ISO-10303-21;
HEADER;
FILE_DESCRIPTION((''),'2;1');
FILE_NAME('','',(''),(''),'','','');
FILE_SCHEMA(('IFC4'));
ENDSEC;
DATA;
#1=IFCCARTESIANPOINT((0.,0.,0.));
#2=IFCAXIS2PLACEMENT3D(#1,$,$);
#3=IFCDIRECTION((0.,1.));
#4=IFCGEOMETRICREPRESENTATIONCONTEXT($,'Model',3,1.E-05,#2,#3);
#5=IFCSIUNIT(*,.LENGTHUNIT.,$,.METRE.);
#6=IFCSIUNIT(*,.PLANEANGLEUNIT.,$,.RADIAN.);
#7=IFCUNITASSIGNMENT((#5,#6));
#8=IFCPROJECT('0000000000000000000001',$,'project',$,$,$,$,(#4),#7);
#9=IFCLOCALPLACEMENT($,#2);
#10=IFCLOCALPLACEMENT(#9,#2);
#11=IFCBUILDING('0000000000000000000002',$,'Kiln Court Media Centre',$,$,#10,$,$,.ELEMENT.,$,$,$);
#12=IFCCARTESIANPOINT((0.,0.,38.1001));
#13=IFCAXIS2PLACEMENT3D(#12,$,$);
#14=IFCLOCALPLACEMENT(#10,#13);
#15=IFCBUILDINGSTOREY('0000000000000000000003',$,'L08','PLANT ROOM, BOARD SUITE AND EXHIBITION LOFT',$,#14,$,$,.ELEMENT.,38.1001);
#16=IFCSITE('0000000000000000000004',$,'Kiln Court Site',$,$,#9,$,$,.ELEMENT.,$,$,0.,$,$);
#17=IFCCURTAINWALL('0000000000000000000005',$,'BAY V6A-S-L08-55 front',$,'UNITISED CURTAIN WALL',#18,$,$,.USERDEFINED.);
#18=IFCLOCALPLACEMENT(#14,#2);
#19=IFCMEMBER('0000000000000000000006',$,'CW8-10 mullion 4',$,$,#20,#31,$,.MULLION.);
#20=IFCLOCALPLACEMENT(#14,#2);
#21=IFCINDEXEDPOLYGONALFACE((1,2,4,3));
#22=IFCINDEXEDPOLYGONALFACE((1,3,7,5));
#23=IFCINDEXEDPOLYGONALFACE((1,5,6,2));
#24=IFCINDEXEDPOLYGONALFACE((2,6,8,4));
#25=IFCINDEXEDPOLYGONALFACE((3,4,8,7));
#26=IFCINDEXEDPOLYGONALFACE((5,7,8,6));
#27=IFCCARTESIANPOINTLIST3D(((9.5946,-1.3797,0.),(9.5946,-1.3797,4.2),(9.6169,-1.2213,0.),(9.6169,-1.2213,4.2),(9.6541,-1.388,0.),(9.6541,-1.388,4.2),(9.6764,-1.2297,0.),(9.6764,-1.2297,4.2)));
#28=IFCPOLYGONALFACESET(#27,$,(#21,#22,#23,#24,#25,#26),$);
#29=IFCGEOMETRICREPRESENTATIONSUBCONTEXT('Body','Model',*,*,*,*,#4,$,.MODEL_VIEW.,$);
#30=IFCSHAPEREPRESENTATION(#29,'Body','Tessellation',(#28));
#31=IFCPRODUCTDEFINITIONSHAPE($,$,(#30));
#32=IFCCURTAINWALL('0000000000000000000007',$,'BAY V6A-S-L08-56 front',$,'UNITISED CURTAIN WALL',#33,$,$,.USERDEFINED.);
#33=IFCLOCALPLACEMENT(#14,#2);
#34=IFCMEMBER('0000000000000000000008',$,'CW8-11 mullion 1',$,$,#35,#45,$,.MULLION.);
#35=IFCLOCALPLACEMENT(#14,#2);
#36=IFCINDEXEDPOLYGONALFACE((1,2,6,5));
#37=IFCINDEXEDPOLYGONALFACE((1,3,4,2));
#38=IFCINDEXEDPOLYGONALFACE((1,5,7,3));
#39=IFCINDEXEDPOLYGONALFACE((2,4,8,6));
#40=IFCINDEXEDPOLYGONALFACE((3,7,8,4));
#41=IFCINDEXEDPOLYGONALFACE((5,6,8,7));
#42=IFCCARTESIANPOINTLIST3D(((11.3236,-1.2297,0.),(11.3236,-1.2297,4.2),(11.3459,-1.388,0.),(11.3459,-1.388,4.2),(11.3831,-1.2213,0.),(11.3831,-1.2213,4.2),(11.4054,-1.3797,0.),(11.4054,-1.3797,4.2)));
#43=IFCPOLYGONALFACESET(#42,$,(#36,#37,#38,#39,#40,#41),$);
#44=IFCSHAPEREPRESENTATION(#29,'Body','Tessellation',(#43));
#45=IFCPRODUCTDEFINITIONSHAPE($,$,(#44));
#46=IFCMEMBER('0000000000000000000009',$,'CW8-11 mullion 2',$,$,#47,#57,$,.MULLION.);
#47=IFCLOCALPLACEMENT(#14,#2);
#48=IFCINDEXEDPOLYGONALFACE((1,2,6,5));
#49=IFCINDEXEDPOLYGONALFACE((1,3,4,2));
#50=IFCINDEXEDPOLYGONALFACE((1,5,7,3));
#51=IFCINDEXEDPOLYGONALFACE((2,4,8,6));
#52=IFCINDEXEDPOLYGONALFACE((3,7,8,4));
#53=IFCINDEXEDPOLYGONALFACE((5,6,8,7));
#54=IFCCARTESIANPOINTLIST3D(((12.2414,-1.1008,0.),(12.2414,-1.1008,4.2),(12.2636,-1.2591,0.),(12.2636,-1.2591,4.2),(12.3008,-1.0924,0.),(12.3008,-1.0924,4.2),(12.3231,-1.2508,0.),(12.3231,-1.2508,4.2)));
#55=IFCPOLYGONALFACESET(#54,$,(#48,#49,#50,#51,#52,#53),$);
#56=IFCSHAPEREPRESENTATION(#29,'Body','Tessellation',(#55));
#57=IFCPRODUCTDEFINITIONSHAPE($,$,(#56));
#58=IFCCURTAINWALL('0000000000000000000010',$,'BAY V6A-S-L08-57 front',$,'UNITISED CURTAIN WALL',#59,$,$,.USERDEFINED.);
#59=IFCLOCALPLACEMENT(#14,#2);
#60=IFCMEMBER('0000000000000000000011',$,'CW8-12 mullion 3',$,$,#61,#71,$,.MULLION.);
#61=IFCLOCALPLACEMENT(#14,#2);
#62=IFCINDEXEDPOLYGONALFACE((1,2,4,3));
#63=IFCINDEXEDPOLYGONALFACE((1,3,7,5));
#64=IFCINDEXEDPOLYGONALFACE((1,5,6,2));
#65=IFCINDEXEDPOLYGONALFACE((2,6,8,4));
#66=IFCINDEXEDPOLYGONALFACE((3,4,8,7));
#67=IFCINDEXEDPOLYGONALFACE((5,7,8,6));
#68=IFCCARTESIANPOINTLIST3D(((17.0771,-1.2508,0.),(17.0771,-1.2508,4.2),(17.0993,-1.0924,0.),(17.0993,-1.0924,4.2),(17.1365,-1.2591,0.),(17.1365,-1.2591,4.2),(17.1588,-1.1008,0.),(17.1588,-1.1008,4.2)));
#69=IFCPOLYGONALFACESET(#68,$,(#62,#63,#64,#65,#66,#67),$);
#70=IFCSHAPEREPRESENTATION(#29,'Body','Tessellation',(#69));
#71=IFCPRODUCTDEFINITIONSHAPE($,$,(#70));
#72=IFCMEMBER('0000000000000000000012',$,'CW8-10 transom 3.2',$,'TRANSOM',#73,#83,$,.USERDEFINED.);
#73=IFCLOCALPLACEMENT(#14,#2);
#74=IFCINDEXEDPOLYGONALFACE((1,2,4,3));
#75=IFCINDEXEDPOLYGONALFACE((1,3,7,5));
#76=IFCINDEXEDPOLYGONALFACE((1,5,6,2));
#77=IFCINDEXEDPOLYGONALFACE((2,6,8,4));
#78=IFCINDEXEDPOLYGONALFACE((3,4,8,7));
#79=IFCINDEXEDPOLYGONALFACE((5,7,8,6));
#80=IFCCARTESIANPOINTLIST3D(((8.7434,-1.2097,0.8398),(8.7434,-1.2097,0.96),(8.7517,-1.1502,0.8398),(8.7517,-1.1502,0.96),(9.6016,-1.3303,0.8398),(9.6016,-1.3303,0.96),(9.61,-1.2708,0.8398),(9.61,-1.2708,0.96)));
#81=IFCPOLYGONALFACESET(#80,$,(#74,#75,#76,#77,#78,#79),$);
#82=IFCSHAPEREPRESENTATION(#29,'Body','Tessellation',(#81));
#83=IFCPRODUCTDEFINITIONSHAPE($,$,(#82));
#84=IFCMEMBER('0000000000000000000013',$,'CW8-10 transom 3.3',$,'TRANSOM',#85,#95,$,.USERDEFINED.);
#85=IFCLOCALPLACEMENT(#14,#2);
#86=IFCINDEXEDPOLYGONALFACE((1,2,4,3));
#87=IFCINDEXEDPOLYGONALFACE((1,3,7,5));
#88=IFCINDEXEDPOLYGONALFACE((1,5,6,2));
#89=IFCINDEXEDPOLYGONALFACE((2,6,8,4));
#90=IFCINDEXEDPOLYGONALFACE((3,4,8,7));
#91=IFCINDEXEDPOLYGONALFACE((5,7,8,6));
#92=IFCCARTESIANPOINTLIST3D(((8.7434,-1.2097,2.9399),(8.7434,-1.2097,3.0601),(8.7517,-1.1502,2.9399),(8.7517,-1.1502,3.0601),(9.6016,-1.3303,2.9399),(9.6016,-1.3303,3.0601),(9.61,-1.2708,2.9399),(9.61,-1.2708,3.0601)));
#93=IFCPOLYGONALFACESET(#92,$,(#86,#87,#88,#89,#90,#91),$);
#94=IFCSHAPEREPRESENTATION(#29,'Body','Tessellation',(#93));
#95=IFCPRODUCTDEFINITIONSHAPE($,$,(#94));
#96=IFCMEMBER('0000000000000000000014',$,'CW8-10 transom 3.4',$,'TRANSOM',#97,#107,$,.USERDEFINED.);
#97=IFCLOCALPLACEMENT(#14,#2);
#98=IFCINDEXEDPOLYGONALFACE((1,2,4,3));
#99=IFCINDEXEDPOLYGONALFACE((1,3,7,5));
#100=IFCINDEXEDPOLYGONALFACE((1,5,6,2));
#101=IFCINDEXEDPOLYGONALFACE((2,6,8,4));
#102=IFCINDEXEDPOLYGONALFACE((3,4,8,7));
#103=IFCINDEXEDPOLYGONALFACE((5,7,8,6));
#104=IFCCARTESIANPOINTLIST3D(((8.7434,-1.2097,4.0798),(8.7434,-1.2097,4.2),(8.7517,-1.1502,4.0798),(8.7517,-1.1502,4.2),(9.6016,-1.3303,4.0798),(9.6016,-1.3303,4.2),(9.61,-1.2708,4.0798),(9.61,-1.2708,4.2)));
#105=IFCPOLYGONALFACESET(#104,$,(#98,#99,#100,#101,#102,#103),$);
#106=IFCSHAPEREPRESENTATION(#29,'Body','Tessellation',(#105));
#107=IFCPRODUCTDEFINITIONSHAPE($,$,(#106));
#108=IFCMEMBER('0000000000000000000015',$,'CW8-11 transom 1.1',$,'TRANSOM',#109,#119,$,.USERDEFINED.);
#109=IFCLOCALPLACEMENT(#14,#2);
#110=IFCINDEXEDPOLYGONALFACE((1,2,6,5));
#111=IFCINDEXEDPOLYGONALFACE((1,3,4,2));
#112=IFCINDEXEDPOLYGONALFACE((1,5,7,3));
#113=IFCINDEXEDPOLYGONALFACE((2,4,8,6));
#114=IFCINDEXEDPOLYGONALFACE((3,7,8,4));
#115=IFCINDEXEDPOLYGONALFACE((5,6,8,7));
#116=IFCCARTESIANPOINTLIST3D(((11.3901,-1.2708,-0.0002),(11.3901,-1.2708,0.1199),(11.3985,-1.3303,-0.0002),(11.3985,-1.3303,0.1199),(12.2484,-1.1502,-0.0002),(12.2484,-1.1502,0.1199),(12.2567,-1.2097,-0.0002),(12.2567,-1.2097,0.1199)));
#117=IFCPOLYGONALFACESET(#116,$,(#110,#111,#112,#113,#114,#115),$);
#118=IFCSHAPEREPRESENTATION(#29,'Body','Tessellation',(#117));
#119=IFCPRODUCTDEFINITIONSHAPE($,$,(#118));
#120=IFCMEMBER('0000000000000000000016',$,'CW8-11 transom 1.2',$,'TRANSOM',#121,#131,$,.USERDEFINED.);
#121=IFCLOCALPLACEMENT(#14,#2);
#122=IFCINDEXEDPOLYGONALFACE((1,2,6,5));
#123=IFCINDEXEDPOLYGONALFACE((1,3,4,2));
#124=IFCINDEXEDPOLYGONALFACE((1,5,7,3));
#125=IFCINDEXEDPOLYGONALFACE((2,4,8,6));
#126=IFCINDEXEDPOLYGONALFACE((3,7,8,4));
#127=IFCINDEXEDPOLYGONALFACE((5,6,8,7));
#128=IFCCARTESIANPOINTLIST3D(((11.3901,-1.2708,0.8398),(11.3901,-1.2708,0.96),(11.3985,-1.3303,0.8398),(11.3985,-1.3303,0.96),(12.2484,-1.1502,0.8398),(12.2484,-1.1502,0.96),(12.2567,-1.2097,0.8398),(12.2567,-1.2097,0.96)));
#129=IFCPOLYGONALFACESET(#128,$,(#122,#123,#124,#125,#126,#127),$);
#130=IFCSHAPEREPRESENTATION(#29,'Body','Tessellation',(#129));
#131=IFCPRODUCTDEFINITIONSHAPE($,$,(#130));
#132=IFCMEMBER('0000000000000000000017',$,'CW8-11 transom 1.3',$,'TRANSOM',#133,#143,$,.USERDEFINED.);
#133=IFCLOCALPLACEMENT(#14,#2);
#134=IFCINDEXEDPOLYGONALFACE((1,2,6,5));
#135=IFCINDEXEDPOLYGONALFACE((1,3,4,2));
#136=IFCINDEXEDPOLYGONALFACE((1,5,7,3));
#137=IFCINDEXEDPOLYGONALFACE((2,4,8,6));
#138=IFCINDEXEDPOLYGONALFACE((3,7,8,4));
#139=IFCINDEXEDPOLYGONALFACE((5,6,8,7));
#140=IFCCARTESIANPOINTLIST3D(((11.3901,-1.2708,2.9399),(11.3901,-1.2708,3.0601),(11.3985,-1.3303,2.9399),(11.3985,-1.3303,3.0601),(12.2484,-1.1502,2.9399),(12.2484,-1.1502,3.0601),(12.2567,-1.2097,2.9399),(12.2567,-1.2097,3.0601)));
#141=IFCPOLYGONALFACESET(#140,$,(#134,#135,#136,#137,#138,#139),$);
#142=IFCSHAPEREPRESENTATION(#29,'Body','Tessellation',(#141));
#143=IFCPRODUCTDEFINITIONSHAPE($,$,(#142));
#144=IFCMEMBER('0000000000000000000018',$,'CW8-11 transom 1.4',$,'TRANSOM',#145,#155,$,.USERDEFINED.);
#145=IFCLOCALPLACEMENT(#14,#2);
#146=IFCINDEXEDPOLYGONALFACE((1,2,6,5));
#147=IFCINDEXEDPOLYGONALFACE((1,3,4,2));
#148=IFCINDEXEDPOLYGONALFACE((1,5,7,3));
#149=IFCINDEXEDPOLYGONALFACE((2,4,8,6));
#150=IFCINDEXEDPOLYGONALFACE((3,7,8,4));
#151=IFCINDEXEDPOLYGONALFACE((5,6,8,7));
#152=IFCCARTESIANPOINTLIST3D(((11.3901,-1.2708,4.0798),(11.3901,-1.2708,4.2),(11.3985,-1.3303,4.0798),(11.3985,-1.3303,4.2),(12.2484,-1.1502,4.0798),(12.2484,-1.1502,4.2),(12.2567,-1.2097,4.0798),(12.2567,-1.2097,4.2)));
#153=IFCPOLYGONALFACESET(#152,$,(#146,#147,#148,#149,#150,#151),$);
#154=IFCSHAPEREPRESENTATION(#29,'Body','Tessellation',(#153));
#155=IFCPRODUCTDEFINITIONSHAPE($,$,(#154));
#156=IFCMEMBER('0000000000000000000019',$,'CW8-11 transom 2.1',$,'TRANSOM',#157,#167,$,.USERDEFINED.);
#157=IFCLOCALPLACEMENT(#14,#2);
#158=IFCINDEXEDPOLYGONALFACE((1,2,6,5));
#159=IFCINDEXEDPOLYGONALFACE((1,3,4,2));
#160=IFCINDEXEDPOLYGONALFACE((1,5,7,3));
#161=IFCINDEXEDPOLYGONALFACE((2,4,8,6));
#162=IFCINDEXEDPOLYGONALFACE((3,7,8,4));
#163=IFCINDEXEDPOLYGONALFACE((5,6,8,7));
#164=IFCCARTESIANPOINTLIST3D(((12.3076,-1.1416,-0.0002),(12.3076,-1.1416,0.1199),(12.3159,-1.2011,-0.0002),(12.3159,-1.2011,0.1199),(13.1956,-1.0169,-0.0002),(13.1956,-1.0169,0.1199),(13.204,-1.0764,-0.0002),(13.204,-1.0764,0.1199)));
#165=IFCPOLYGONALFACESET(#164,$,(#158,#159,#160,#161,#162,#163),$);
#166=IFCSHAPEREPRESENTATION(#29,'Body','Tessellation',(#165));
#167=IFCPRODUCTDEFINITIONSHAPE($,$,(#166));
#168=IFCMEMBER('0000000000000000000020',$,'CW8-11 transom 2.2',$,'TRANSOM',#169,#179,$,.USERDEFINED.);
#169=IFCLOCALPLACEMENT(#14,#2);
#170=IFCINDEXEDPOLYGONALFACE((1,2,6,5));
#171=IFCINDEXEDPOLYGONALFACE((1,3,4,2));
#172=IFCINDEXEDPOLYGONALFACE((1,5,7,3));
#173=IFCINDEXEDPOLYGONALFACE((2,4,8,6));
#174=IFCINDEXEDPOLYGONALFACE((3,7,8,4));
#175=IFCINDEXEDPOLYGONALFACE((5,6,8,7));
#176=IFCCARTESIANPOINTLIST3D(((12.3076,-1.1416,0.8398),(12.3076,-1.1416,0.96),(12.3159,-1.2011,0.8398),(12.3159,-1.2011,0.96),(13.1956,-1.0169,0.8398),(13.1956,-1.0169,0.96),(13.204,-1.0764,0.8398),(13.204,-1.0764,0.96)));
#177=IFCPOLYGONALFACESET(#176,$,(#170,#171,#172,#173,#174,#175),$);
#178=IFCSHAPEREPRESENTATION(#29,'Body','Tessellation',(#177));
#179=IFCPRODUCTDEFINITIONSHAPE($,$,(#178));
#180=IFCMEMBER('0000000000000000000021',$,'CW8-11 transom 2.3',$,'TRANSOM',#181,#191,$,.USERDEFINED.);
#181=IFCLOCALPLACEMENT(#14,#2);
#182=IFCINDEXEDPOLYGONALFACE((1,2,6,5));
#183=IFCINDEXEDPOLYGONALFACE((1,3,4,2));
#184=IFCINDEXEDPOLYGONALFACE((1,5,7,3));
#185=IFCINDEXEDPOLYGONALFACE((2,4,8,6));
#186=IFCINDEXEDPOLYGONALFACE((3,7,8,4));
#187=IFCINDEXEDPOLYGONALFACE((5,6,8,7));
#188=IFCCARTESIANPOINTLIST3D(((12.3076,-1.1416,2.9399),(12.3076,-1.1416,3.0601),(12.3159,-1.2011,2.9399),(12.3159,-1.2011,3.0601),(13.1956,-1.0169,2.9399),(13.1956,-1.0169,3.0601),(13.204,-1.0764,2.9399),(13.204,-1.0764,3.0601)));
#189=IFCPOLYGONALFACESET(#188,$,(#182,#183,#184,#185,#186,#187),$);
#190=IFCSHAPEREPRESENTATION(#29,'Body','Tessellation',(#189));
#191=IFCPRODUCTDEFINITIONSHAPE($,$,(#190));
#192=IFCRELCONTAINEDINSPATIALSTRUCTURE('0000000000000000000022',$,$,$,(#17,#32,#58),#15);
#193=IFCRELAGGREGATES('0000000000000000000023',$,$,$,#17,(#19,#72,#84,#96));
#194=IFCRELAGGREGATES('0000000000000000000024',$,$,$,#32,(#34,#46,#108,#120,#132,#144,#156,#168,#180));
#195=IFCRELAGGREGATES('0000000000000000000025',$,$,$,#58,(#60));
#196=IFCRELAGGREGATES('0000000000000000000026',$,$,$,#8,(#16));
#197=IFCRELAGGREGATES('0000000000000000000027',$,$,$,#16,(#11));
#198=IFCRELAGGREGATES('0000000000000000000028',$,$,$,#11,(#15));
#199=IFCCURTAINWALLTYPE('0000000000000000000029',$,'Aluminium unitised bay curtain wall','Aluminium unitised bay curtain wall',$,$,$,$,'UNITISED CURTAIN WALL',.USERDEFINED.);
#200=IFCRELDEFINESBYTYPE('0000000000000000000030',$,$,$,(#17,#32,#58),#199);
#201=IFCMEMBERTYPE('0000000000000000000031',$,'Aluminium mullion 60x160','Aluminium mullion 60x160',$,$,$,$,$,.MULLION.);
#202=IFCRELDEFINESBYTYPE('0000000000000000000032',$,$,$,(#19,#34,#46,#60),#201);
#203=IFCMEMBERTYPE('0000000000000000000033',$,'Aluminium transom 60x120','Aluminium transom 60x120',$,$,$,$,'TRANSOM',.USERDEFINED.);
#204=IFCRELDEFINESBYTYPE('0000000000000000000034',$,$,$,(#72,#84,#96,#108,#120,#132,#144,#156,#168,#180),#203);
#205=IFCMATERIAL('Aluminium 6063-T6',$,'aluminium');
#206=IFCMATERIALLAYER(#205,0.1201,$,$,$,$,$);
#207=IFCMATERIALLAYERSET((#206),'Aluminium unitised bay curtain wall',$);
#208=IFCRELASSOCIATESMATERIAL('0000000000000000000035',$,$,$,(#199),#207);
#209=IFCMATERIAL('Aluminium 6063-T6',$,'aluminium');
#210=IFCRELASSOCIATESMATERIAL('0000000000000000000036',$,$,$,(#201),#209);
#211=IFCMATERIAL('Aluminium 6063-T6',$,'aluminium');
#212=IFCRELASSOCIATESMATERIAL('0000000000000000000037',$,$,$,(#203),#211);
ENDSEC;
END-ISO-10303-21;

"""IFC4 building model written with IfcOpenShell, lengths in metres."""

from ifc_helpers import new_model, si_unit, direction, frame, origin, origin_2d, place, context, subcontext, project, spatial, rectangle, extrude, material, layer, layer_set, material_profile, profile_set, type_object, element, aggregate, save


model = new_model("IFC4")

# Units and contexts
model_context = context("Model", 3, precision=1e-05, world=origin(), true_north=direction((0.0, 1.0)))
body_context = subcontext(model_context, "Body", "Model", "MODEL_VIEW")
ifc_project = project(units=[si_unit("LENGTHUNIT", "METRE"), si_unit("PLANEANGLEUNIT", "RADIAN")], contexts=[model_context])

# Site, building, storey
site_placement = place(None, origin())
site = spatial("IfcSite", under=ifc_project, at=site_placement, Name="Kiln Court Site", CompositionType="ELEMENT", RefElevation=0.0)
building_placement = place(site_placement, origin())
building = spatial("IfcBuilding", under=site, at=building_placement, Name="Kiln Court Media Centre", CompositionType="ELEMENT")
storey_placement = place(building_placement, frame((0.0, 0.0, 38.1001)))
storey = spatial("IfcBuildingStorey", under=building, at=storey_placement, Name="L08", Description="PLANT ROOM, BOARD SUITE AND EXHIBITION LOFT", CompositionType="ELEMENT", Elevation=38.1001)

# Curtain wall, member
ifc_material_1 = material(Name="Aluminium 6063-T6", Category="aluminium")
ifc_layer_1 = layer(ifc_material_1, 0.1201)
ifc_layer_set_1 = layer_set([ifc_layer_1], Name="Aluminium unitised bay curtain wall")
curtain_wall_type = type_object("IfcCurtainWallType", Name="Aluminium unitised bay curtain wall", Description="Aluminium unitised bay curtain wall", ElementType="UNITISED CURTAIN WALL", PredefinedType="USERDEFINED", material=ifc_layer_set_1)
curtain_wall_1_placement = place(storey_placement, origin())
curtain_wall_1 = element("IfcCurtainWall", 1, at=curtain_wall_1_placement, inside=storey, type_object=curtain_wall_type, Name="BAY V6A-S-L08-55 front", ObjectType="UNITISED CURTAIN WALL", PredefinedType="USERDEFINED")
ifc_material_2 = material(Name="Aluminium 6063-T6", Category="aluminium")
ifc_material_profile_1 = material_profile(ifc_material_2, rectangle(XDim=0.0601, YDim=0.1599, at=origin_2d()), Name="Aluminium mullion 60x160")
ifc_profile_set_1 = profile_set([ifc_material_profile_1], Name="Aluminium 6063-T6")
member_type_1 = type_object("IfcMemberType", Name="Aluminium mullion 60x160", Description="Aluminium mullion 60x160", PredefinedType="MULLION", material=ifc_profile_set_1)
member_1_placement = place(storey_placement, frame((9.6355, -1.3047, 0.0), z_axis=(0.0, 0.0, 1.0), x_axis=(0.99027, -0.139162, 0.0)))
member_1 = element("IfcMember", 2, at=member_1_placement, type_object=member_type_1, Name="CW8-10 mullion 4", PredefinedType="MULLION", context=body_context, shape_type="SweptSolid", body=[
    extrude(rectangle(XDim=0.0601, YDim=0.1599, at=origin_2d()), origin(), (0.0, 0.0, 1.0), 4.2),
])

# Curtain wall, members
curtain_wall_2_placement = place(storey_placement, origin())
curtain_wall_2 = element("IfcCurtainWall", 3, at=curtain_wall_2_placement, inside=storey, type_object=curtain_wall_type, Name="BAY V6A-S-L08-56 front", ObjectType="UNITISED CURTAIN WALL", PredefinedType="USERDEFINED")
member_2_placement = place(storey_placement, frame((11.3645, -1.3047, 0.0), z_axis=(0.0, 0.0, 1.0), x_axis=(0.99027, 0.139162, 0.0)))
member_2 = element("IfcMember", 4, at=member_2_placement, type_object=member_type_1, Name="CW8-11 mullion 1", PredefinedType="MULLION", context=body_context, shape_type="SweptSolid", body=[
    extrude(rectangle(XDim=0.0601, YDim=0.1599, at=origin_2d()), origin(), (0.0, 0.0, 1.0), 4.2),
])
member_3_placement = place(storey_placement, frame((12.2822, -1.1758, 0.0), z_axis=(0.0, 0.0, 1.0), x_axis=(0.99027, 0.139162, 0.0)))
member_3 = element("IfcMember", 5, at=member_3_placement, type_object=member_type_1, Name="CW8-11 mullion 2", PredefinedType="MULLION", context=body_context, shape_type="SweptSolid", body=[
    extrude(rectangle(XDim=0.0601, YDim=0.1599, at=origin_2d()), origin(), (0.0, 0.0, 1.0), 4.2),
])

# Curtain wall, member
curtain_wall_3_placement = place(storey_placement, origin())
curtain_wall_3 = element("IfcCurtainWall", 6, at=curtain_wall_3_placement, inside=storey, type_object=curtain_wall_type, Name="BAY V6A-S-L08-57 front", ObjectType="UNITISED CURTAIN WALL", PredefinedType="USERDEFINED")
member_4_placement = place(storey_placement, frame((17.1179, -1.1758, 0.0), z_axis=(0.0, 0.0, 1.0), x_axis=(0.99027, -0.139162, 0.0)))
member_4 = element("IfcMember", 7, at=member_4_placement, type_object=member_type_1, Name="CW8-12 mullion 3", PredefinedType="MULLION", context=body_context, shape_type="SweptSolid", body=[
    extrude(rectangle(XDim=0.0601, YDim=0.1599, at=origin_2d()), origin(), (0.0, 0.0, 1.0), 4.2),
])

# Members
ifc_material_3 = material(Name="Aluminium 6063-T6", Category="aluminium")
ifc_material_profile_2 = material_profile(ifc_material_3, rectangle(XDim=0.0601, YDim=0.1201, at=origin_2d()), Name="Aluminium transom 60x120")
ifc_profile_set_2 = profile_set([ifc_material_profile_2], Name="Aluminium 6063-T6")
member_type_2 = type_object("IfcMemberType", Name="Aluminium transom 60x120", Description="Aluminium transom 60x120", ElementType="TRANSOM", PredefinedType="USERDEFINED", material=ifc_profile_set_2)
member_5_placement = place(storey_placement, frame((8.7476, -1.1799, 0.8999), z_axis=(0.990268, -0.139173, 0.0), x_axis=(0.139173, 0.990268, 0.0)))
member_5 = element("IfcMember", 8, at=member_5_placement, type_object=member_type_2, Name="CW8-10 transom 3.2", ObjectType="TRANSOM", PredefinedType="USERDEFINED", context=body_context, shape_type="SweptSolid", body=[
    extrude(rectangle(XDim=0.0601, YDim=0.1201, at=origin_2d()), origin(), (0.0, 0.0, 1.0), 0.8667),
])
member_6_placement = place(storey_placement, frame((8.7476, -1.1799, 3.0), z_axis=(0.990268, -0.139173, 0.0), x_axis=(0.139173, 0.990268, 0.0)))
member_6 = element("IfcMember", 9, at=member_6_placement, type_object=member_type_2, Name="CW8-10 transom 3.3", ObjectType="TRANSOM", PredefinedType="USERDEFINED", context=body_context, shape_type="SweptSolid", body=[
    extrude(rectangle(XDim=0.0601, YDim=0.1201, at=origin_2d()), origin(), (0.0, 0.0, 1.0), 0.8667),
])
member_7_placement = place(storey_placement, frame((8.7476, -1.1799, 4.1399), z_axis=(0.990268, -0.139173, 0.0), x_axis=(0.139173, 0.990268, 0.0)))
member_7 = element("IfcMember", 10, at=member_7_placement, type_object=member_type_2, Name="CW8-10 transom 3.4", ObjectType="TRANSOM", PredefinedType="USERDEFINED", context=body_context, shape_type="SweptSolid", body=[
    extrude(rectangle(XDim=0.0601, YDim=0.1201, at=origin_2d()), origin(), (0.0, 0.0, 1.0), 0.8667),
])
member_8_placement = place(storey_placement, frame((11.3943, -1.3005, 0.0598), z_axis=(0.990268, 0.139173, 0.0), x_axis=(-0.139173, 0.990268, 0.0)))
member_8 = element("IfcMember", 11, at=member_8_placement, type_object=member_type_2, Name="CW8-11 transom 1.1", ObjectType="TRANSOM", PredefinedType="USERDEFINED", context=body_context, shape_type="SweptSolid", body=[
    extrude(rectangle(XDim=0.0601, YDim=0.1201, at=origin_2d()), origin(), (0.0, 0.0, 1.0), 0.8667),
])
member_9_placement = place(storey_placement, frame((11.3943, -1.3005, 0.8999), z_axis=(0.990268, 0.139173, 0.0), x_axis=(-0.139173, 0.990268, 0.0)))
member_9 = element("IfcMember", 12, at=member_9_placement, type_object=member_type_2, Name="CW8-11 transom 1.2", ObjectType="TRANSOM", PredefinedType="USERDEFINED", context=body_context, shape_type="SweptSolid", body=[
    extrude(rectangle(XDim=0.0601, YDim=0.1201, at=origin_2d()), origin(), (0.0, 0.0, 1.0), 0.8667),
])
member_10_placement = place(storey_placement, frame((11.3943, -1.3005, 3.0), z_axis=(0.990268, 0.139173, 0.0), x_axis=(-0.139173, 0.990268, 0.0)))
member_10 = element("IfcMember", 13, at=member_10_placement, type_object=member_type_2, Name="CW8-11 transom 1.3", ObjectType="TRANSOM", PredefinedType="USERDEFINED", context=body_context, shape_type="SweptSolid", body=[
    extrude(rectangle(XDim=0.0601, YDim=0.1201, at=origin_2d()), origin(), (0.0, 0.0, 1.0), 0.8667),
])
member_11_placement = place(storey_placement, frame((11.3943, -1.3005, 4.1399), z_axis=(0.990268, 0.139173, 0.0), x_axis=(-0.139173, 0.990268, 0.0)))
member_11 = element("IfcMember", 14, at=member_11_placement, type_object=member_type_2, Name="CW8-11 transom 1.4", ObjectType="TRANSOM", PredefinedType="USERDEFINED", context=body_context, shape_type="SweptSolid", body=[
    extrude(rectangle(XDim=0.0601, YDim=0.1201, at=origin_2d()), origin(), (0.0, 0.0, 1.0), 0.8667),
])
member_12_placement = place(storey_placement, frame((12.3118, -1.1714, 0.0598), z_axis=(0.990274, 0.139134, 0.0), x_axis=(-0.139134, 0.990274, 0.0)))
member_12 = element("IfcMember", 15, at=member_12_placement, type_object=member_type_2, Name="CW8-11 transom 2.1", ObjectType="TRANSOM", PredefinedType="USERDEFINED", context=body_context, shape_type="SweptSolid", body=[
    extrude(rectangle(XDim=0.0601, YDim=0.1201, at=origin_2d()), origin(), (0.0, 0.0, 1.0), 0.8967),
])
member_13_placement = place(storey_placement, frame((12.3118, -1.1714, 0.8999), z_axis=(0.990274, 0.139134, 0.0), x_axis=(-0.139134, 0.990274, 0.0)))
member_13 = element("IfcMember", 16, at=member_13_placement, type_object=member_type_2, Name="CW8-11 transom 2.2", ObjectType="TRANSOM", PredefinedType="USERDEFINED", context=body_context, shape_type="SweptSolid", body=[
    extrude(rectangle(XDim=0.0601, YDim=0.1201, at=origin_2d()), origin(), (0.0, 0.0, 1.0), 0.8967),
])
member_14_placement = place(storey_placement, frame((12.3118, -1.1714, 3.0), z_axis=(0.990274, 0.139134, 0.0), x_axis=(-0.139134, 0.990274, 0.0)))
member_14 = element("IfcMember", 17, at=member_14_placement, type_object=member_type_2, Name="CW8-11 transom 2.3", ObjectType="TRANSOM", PredefinedType="USERDEFINED", context=body_context, shape_type="SweptSolid", body=[
    extrude(rectangle(XDim=0.0601, YDim=0.1201, at=origin_2d()), origin(), (0.0, 0.0, 1.0), 0.8967),
])

aggregate(curtain_wall_1, [member_1, member_5, member_6, member_7])
aggregate(curtain_wall_2, [member_2, member_3, member_8, member_9, member_10, member_11, member_12, member_13, member_14])
aggregate(curtain_wall_3, [member_4])

save(model, "model.ifc")
